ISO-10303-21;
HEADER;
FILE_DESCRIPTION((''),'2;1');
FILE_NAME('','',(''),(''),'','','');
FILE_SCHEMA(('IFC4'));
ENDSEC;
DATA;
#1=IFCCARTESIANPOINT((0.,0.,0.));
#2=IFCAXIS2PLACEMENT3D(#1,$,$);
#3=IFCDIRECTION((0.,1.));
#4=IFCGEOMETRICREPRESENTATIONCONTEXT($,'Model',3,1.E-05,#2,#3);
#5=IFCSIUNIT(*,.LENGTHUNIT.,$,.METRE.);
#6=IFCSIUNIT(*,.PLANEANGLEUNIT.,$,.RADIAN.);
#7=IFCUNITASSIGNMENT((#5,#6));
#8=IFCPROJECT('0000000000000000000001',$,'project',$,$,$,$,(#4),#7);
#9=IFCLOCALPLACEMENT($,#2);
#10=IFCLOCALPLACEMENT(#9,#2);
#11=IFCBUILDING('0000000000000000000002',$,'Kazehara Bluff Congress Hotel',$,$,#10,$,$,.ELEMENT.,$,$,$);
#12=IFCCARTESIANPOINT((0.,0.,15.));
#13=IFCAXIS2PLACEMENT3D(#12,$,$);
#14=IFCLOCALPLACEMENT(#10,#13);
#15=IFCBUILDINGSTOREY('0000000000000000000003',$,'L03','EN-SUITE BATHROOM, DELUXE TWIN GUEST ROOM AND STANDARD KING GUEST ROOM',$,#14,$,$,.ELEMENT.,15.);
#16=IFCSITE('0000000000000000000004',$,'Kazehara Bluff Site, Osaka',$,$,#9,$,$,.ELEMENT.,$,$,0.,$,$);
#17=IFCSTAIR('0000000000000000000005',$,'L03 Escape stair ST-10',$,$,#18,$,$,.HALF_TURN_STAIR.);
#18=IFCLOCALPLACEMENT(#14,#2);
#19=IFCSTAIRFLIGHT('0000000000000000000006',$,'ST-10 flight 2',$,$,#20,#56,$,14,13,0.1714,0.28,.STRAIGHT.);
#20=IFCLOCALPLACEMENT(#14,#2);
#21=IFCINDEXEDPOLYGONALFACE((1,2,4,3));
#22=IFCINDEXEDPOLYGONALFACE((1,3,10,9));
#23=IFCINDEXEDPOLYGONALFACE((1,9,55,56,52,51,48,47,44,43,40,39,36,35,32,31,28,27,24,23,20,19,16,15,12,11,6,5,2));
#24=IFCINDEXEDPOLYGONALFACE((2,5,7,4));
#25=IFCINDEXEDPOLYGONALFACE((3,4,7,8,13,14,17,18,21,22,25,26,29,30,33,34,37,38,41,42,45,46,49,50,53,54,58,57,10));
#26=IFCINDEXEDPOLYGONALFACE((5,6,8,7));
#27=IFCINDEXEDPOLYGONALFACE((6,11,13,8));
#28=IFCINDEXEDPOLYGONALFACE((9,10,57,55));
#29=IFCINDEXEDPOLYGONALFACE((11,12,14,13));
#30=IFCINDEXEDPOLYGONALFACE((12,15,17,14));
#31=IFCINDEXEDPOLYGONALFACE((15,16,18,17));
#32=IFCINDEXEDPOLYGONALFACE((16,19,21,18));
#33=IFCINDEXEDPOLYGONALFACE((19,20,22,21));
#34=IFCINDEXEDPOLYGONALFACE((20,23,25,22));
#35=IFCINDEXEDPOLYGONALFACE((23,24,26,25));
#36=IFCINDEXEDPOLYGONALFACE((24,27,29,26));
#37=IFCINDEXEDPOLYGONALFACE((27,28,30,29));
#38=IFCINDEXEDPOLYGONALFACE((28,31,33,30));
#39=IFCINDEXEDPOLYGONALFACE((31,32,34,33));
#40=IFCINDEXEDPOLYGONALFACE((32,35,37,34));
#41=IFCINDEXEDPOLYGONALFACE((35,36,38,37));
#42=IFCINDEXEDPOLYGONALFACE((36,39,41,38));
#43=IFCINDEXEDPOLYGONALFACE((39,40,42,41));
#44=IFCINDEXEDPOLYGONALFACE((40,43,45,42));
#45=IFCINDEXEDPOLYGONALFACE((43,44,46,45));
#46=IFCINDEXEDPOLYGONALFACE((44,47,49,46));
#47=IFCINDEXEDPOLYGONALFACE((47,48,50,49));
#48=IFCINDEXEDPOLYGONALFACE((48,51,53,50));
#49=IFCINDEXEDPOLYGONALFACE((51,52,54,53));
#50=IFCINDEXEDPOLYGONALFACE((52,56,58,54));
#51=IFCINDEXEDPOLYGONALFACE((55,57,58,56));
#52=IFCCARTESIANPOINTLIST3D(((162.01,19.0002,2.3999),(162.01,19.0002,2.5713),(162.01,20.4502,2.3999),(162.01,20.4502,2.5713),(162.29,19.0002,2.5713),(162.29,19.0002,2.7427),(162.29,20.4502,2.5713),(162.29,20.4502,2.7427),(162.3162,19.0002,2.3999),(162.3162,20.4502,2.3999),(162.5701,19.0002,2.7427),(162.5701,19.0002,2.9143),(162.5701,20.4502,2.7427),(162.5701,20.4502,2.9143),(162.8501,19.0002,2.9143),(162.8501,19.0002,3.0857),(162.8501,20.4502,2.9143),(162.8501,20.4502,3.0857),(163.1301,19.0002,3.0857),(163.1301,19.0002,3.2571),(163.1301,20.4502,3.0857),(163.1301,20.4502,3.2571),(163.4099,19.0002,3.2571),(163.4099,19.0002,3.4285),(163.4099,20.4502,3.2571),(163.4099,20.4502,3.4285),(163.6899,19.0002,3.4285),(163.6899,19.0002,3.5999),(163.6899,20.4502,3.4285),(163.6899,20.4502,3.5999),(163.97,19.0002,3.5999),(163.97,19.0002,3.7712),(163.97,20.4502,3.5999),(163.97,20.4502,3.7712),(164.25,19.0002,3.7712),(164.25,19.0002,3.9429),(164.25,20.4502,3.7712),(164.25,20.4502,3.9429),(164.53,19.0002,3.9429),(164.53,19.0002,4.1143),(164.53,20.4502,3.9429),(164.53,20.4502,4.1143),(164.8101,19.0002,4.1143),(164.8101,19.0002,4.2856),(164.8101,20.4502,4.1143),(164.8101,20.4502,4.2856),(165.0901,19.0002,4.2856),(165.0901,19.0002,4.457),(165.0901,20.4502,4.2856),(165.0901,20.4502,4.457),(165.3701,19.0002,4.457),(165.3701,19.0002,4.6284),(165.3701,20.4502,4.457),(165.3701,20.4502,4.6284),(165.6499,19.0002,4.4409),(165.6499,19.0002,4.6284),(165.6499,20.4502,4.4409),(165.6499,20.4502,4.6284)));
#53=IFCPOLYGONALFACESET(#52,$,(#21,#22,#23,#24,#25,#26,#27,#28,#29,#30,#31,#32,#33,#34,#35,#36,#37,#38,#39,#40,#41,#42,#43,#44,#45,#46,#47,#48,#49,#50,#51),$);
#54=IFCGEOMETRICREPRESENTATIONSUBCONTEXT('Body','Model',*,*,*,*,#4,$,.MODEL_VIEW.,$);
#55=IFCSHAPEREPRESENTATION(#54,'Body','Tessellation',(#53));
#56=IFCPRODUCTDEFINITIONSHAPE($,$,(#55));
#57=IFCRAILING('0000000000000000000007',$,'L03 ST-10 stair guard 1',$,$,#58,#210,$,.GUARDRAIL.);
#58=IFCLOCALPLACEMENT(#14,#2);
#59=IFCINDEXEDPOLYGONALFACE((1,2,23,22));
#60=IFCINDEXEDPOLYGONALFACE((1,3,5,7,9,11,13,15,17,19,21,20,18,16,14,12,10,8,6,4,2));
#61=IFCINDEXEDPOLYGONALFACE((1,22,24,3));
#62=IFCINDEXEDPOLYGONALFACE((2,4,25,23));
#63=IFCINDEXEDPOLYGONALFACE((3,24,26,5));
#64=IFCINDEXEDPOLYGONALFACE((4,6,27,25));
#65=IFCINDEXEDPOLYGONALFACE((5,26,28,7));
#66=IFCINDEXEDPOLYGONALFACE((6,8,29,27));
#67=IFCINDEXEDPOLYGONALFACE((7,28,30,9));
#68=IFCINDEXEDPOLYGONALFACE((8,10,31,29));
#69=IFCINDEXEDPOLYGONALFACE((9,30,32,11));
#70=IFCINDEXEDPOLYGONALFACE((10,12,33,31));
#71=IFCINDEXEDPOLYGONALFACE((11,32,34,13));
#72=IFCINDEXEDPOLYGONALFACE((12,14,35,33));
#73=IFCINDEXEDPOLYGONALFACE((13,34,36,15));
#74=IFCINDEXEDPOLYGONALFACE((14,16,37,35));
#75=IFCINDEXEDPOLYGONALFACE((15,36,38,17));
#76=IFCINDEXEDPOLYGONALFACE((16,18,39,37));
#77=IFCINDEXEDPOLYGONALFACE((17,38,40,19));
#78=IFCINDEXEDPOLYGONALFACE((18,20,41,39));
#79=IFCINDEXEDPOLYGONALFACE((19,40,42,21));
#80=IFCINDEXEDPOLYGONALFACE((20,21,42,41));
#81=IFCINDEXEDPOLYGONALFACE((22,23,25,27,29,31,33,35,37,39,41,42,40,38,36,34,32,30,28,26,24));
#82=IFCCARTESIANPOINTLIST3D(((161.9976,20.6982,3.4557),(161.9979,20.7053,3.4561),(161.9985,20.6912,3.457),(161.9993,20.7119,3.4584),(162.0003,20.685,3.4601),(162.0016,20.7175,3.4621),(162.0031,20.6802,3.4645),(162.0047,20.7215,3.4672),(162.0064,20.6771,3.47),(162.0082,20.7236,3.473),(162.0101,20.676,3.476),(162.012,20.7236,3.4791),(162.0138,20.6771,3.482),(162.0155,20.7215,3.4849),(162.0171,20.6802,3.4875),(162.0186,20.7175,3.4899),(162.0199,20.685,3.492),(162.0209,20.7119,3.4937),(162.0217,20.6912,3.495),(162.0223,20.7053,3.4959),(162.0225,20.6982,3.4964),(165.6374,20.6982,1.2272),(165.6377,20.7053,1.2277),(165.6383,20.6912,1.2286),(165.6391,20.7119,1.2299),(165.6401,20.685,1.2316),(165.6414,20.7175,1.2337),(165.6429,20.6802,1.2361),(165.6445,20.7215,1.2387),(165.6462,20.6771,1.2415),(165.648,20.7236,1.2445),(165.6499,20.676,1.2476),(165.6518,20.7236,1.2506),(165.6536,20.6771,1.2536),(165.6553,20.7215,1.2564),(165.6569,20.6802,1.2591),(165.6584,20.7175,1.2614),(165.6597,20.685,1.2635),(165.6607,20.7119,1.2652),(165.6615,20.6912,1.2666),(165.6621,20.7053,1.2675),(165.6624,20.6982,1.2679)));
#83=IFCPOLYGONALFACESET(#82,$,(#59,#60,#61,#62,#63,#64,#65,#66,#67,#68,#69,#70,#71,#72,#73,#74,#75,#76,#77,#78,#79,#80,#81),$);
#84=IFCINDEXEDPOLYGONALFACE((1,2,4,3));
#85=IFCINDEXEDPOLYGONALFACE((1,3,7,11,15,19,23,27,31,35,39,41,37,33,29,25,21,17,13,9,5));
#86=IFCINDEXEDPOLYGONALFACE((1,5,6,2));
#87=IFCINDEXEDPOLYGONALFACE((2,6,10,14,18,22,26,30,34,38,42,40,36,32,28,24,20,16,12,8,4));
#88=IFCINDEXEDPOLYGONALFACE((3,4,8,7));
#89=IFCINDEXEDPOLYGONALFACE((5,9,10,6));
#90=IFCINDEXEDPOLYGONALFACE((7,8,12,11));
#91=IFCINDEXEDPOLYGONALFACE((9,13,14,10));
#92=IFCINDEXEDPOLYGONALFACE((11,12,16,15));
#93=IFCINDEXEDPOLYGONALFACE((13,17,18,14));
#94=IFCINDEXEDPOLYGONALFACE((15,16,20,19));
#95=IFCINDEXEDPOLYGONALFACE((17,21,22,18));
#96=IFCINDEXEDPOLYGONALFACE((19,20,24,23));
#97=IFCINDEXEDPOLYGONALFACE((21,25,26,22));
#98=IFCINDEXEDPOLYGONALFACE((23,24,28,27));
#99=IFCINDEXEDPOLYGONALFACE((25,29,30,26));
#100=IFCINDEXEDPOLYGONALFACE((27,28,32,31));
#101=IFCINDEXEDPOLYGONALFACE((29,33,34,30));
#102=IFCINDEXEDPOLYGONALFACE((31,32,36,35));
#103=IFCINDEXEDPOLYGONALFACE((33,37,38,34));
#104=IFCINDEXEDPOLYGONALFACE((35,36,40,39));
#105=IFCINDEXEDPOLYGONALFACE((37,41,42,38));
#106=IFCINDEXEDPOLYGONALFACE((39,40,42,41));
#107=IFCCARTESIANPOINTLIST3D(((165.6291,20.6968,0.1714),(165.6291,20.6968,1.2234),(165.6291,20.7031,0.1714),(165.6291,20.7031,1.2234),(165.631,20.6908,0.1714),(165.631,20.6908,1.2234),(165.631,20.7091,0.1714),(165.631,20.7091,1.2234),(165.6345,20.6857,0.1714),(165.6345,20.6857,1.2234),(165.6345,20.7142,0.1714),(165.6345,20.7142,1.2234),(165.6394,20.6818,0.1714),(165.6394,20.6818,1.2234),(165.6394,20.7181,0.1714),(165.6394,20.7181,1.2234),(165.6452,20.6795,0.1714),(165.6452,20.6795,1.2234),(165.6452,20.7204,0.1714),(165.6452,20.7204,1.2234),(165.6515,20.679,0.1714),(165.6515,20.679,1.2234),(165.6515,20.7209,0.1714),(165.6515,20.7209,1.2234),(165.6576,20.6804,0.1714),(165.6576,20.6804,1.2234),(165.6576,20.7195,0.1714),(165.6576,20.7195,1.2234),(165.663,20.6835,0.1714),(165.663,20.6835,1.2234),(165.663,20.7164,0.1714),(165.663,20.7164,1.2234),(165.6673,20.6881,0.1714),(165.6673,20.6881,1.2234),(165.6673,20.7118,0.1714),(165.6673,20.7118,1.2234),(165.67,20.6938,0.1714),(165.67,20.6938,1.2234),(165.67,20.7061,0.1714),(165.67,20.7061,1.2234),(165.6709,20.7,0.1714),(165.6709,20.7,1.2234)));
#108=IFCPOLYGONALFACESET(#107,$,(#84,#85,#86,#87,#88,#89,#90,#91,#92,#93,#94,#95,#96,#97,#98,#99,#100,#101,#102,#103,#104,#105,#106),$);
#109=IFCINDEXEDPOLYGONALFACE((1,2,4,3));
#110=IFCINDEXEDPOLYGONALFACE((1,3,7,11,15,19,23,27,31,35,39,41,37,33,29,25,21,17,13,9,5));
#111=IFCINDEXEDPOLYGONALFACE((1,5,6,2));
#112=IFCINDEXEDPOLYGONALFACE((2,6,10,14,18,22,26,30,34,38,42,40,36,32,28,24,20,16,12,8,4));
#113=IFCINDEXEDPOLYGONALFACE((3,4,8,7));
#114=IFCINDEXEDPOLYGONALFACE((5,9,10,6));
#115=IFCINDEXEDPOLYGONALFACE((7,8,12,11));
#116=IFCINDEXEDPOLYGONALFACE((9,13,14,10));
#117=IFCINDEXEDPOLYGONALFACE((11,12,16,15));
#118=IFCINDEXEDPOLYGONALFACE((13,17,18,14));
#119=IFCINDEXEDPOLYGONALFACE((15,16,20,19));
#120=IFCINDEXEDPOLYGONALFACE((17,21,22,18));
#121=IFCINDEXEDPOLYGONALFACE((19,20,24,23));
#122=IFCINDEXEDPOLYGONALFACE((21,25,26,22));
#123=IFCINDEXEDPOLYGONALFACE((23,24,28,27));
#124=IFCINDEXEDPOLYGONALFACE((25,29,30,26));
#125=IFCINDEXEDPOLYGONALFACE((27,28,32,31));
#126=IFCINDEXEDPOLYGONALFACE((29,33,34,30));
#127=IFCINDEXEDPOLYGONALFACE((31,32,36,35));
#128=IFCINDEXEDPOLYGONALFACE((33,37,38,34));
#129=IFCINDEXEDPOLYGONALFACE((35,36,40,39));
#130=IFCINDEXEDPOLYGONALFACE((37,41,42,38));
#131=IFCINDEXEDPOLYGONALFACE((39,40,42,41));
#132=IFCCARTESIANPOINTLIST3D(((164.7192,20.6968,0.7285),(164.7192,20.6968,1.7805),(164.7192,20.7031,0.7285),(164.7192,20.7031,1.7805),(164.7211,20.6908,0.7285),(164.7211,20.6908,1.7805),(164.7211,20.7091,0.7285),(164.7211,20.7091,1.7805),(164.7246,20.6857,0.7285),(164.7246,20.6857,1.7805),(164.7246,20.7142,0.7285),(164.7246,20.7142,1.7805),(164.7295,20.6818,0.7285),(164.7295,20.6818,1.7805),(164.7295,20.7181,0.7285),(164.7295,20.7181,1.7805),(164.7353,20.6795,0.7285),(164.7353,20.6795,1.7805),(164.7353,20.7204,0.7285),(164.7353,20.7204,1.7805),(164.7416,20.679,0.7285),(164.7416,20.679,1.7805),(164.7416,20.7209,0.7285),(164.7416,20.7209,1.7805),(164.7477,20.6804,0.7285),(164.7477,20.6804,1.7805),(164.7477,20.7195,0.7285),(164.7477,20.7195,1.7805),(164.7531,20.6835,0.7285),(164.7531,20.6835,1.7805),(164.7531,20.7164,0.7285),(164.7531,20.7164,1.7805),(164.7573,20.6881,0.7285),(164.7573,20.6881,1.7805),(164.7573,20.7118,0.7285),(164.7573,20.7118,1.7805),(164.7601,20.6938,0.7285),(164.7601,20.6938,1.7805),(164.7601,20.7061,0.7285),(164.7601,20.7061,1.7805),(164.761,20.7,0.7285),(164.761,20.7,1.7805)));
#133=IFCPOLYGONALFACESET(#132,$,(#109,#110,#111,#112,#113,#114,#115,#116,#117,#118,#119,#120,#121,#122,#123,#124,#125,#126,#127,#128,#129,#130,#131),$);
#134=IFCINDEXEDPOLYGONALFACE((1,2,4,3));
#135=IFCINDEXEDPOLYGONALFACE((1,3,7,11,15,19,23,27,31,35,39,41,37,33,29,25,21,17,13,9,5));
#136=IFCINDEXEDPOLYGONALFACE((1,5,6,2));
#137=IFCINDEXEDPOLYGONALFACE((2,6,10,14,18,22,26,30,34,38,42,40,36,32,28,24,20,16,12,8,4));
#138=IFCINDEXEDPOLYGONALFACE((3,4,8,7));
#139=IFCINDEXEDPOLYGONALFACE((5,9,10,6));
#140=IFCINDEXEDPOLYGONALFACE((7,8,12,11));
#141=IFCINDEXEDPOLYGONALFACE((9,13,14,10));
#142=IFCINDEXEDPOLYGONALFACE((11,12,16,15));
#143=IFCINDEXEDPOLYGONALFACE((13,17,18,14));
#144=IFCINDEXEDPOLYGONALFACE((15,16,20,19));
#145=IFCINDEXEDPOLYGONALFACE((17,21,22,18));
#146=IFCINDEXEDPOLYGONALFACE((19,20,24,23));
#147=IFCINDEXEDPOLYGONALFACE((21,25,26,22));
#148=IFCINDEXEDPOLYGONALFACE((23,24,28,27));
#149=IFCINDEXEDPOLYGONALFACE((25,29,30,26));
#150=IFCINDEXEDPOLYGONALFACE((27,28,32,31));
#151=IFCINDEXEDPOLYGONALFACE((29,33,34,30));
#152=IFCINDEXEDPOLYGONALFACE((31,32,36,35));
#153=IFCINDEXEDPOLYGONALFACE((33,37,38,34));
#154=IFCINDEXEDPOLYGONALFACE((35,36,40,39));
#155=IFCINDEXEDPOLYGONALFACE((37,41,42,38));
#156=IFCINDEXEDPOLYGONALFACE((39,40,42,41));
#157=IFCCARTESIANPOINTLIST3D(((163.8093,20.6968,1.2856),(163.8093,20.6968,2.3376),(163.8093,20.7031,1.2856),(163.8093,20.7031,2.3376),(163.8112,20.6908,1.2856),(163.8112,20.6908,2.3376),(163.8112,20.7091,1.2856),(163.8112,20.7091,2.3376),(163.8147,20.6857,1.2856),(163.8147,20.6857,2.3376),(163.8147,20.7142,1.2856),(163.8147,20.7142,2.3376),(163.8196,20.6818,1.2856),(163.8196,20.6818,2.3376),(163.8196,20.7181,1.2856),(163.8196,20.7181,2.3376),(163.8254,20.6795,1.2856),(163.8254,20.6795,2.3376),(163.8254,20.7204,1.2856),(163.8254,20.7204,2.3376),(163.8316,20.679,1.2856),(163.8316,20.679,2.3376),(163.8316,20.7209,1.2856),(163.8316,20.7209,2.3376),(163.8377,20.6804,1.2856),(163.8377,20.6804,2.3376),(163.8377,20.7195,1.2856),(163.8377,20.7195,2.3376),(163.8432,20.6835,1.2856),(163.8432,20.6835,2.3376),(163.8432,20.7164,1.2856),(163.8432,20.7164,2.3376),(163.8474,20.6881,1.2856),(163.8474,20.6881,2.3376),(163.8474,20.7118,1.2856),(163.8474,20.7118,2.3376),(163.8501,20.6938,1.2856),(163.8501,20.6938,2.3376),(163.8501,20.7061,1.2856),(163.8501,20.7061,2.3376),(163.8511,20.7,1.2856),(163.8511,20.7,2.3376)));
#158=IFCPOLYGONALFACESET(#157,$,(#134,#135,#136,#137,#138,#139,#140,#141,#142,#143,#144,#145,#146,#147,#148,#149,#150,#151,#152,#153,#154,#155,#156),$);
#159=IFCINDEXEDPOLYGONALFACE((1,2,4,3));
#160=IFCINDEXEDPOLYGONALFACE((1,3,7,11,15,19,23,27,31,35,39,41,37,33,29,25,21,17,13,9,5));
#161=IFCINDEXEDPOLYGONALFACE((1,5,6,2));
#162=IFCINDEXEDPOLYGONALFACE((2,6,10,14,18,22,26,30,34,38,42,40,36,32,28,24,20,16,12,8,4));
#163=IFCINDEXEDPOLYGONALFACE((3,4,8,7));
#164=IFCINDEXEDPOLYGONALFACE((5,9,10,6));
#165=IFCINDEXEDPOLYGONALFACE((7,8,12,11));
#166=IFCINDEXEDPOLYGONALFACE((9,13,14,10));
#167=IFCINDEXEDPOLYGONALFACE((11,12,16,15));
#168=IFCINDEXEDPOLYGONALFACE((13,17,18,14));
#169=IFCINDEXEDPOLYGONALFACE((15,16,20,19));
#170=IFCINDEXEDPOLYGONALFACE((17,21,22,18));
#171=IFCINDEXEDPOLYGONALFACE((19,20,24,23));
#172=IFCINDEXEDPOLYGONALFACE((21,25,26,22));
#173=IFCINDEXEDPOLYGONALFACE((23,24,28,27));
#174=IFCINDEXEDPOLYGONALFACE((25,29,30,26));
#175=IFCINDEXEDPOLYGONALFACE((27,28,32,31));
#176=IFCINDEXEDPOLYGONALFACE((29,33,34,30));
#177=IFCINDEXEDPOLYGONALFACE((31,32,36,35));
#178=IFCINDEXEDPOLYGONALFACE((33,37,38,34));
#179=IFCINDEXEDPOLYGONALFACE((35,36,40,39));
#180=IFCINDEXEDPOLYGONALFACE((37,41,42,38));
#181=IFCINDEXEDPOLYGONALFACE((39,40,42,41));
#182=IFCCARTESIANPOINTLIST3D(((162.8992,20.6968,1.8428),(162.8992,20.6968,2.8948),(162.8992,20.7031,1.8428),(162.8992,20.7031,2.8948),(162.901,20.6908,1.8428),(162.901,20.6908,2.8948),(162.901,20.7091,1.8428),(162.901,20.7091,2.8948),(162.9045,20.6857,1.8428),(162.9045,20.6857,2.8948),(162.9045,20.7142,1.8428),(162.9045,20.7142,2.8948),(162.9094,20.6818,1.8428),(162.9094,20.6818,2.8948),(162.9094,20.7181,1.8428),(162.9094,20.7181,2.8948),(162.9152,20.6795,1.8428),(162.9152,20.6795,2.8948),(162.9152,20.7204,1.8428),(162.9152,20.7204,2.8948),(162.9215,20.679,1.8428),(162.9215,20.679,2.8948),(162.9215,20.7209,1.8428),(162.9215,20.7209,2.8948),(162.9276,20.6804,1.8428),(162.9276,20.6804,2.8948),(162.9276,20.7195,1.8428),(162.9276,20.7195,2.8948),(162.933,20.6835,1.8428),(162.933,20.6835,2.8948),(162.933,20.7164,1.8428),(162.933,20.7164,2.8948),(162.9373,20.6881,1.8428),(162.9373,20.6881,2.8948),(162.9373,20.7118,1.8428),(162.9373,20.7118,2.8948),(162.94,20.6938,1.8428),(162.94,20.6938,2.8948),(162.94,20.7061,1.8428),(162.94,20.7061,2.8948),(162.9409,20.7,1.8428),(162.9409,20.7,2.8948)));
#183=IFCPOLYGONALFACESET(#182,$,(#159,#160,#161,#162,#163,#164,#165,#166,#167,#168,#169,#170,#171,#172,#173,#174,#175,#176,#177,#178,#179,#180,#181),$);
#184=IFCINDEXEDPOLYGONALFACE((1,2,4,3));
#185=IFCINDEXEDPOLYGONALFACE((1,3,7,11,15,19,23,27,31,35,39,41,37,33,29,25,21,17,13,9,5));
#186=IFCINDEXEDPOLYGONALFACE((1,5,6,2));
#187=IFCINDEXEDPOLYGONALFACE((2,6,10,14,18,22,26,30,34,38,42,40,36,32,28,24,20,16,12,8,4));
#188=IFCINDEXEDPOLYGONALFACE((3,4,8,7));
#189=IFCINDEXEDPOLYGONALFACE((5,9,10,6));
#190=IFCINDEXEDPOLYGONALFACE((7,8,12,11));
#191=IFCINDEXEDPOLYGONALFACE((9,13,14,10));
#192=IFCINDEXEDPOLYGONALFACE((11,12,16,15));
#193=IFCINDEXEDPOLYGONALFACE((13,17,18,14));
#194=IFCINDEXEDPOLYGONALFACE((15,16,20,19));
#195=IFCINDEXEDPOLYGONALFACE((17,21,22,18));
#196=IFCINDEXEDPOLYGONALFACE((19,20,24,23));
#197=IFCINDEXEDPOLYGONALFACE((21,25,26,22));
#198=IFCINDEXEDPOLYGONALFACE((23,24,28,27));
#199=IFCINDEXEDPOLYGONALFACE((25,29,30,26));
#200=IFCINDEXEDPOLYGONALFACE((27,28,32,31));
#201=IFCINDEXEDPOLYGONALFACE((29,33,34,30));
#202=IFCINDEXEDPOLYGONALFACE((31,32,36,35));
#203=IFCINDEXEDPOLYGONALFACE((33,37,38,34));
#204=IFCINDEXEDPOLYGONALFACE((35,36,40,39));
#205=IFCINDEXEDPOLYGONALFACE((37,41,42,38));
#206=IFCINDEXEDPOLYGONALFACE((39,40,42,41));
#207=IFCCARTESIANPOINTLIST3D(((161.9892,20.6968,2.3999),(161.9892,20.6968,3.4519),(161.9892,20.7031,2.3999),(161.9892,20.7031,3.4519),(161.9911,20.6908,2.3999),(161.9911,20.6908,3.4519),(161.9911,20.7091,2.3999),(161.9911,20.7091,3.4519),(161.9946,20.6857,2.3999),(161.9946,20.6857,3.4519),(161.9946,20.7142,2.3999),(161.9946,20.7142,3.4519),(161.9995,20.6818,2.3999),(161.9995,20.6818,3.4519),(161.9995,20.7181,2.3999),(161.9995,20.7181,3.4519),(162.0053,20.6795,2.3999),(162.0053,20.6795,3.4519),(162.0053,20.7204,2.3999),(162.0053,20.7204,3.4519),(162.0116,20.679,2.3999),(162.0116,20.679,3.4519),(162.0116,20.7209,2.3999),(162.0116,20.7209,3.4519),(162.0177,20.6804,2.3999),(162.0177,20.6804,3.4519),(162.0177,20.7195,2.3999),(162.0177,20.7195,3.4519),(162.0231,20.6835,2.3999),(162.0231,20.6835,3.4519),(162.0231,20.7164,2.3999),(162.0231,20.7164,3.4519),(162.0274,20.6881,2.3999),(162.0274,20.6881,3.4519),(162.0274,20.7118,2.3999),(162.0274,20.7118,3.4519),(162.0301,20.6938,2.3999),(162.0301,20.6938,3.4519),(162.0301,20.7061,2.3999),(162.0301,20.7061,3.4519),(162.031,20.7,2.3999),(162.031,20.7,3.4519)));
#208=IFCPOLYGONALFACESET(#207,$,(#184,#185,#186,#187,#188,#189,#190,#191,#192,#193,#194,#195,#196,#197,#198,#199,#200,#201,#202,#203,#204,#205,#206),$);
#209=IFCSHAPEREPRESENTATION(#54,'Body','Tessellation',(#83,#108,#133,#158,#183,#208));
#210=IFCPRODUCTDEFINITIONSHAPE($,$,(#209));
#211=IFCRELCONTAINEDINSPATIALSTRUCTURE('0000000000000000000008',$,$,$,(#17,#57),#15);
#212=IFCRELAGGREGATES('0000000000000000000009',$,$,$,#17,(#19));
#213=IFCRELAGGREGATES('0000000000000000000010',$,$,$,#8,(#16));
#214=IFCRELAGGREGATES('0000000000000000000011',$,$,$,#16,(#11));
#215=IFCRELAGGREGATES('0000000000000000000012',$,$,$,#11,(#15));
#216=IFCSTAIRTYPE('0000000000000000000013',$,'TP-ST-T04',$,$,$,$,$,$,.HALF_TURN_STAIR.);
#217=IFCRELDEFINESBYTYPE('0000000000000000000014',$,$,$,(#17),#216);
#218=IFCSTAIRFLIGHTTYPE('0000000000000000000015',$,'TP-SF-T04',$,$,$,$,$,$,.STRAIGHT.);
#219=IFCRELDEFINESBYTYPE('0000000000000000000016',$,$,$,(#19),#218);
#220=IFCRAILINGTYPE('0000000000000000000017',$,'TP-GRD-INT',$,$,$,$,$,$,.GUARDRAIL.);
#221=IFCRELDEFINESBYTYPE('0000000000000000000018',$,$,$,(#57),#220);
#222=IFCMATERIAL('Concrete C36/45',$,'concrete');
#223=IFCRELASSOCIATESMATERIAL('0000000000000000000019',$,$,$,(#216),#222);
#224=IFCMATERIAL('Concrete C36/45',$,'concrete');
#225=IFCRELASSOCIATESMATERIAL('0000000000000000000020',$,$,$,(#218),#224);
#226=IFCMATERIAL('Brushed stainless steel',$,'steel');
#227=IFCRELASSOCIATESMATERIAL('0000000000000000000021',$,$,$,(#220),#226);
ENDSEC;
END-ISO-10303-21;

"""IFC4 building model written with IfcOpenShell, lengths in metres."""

from ifc_helpers import new_model, si_unit, direction, frame, origin, origin_2d, place, context, subcontext, project, spatial, polyline, circle, outline, extrude, material, type_object, element, aggregate, save


model = new_model("IFC4")

# Units and contexts
model_context = context("Model", 3, precision=1e-05, world=origin(), true_north=direction((0.0, 1.0)))
body_context = subcontext(model_context, "Body", "Model", "MODEL_VIEW")
ifc_project = project(units=[si_unit("LENGTHUNIT", "METRE"), si_unit("PLANEANGLEUNIT", "RADIAN")], contexts=[model_context])

# Site, building, storey
site_placement = place(None, origin())
site = spatial("IfcSite", under=ifc_project, at=site_placement, Name="Kazehara Bluff Site, Osaka", CompositionType="ELEMENT", RefElevation=0.0)
building_placement = place(site_placement, origin())
building = spatial("IfcBuilding", under=site, at=building_placement, Name="Kazehara Bluff Congress Hotel", CompositionType="ELEMENT")
storey_placement = place(building_placement, frame((0.0, 0.0, 15.0)))
storey = spatial("IfcBuildingStorey", under=building, at=storey_placement, Name="L03", Description="EN-SUITE BATHROOM, DELUXE TWIN GUEST ROOM AND STANDARD KING GUEST ROOM", CompositionType="ELEMENT", Elevation=15.0)

# Stair, stair flight
ifc_material_1 = material(Name="Concrete C36/45", Category="concrete")
stair_type = type_object("IfcStairType", Name="TP-ST-T04", PredefinedType="HALF_TURN_STAIR", material=ifc_material_1)
stair_placement = place(storey_placement, origin())
stair = element("IfcStair", 1, at=stair_placement, inside=storey, type_object=stair_type, Name="L03 Escape stair ST-10", PredefinedType="HALF_TURN_STAIR")
ifc_material_2 = material(Name="Concrete C36/45", Category="concrete")
stair_flight_type = type_object("IfcStairFlightType", Name="TP-SF-T04", PredefinedType="STRAIGHT", material=ifc_material_2)
stair_flight_1_placement = place(storey_placement, frame((162.01, 19.7251, 2.3999), z_axis=(0.0, 0.0, 1.0), x_axis=(1.0, 0.0, 0.0)))
stair_flight_1 = element("IfcStairFlight", 2, at=stair_flight_1_placement, type_object=stair_flight_type, Name="ST-10 flight 2", NumberOfRisers=14, NumberOfTreads=13, PredefinedType="STRAIGHT", RiserHeight=0.1714, TreadLength=0.28, context=body_context, shape_type="SweptSolid", body=[
    extrude(outline(polyline([(0.0, 0.0), (0.0, 0.1714), (0.28, 0.1714), (0.28, 0.3428), (0.5601, 0.3428), (0.5601, 0.5144), (0.8401, 0.5144), (0.8401, 0.6858), (1.1201, 0.6858), (1.1201, 0.8572), (1.3999, 0.8572), (1.3999, 1.0286), (1.6799, 1.0286), (1.6799, 1.2), (1.96, 1.2), (1.96, 1.3713), (2.24, 1.3713), (2.24, 1.543), (2.52, 1.543), (2.52, 1.7144), (2.8, 1.7144), (2.8, 1.8857), (3.0801, 1.8857), (3.0801, 2.0571), (3.3601, 2.0571), (3.3601, 2.2285), (3.6399, 2.2285), (3.6399, 2.3999), (3.6399, 2.041), (0.3062, 0.0), (0.0, 0.0)])), frame((0.0, 0.7251, 0.0), z_axis=(0.0, -1.0, 0.0), x_axis=(1.0, 0.0, 0.0)), (0.0, 0.0, 1.0), 1.45),
])
aggregate(stair, [stair_flight_1])

# Railing
ifc_material_3 = material(Name="Brushed stainless steel", Category="steel")
railing_type_1 = type_object("IfcRailingType", Name="TP-GRD-INT", PredefinedType="GUARDRAIL", material=ifc_material_3)
railing_1_placement = place(storey_placement, frame((165.6499, 20.7, 0.1714)))
element("IfcRailing", 3, at=railing_1_placement, inside=storey, type_object=railing_type_1, Name="L03 ST-10 stair guard 1", PredefinedType="GUARDRAIL", context=body_context, shape_type="SweptSolid", body=[
    extrude(circle(Radius=0.0239, at=origin_2d()), frame((0.0, 0.0, 1.0762), z_axis=(-0.85285, 0.0, 0.522156), x_axis=(0.0, -1.0, 0.0)), (0.0, 0.0, 1.0), 4.2678),
    extrude(circle(Radius=0.021, at=origin_2d()), origin(), (0.0, 0.0, 1.0), 1.052),
    extrude(circle(Radius=0.021, at=origin_2d()), frame((-0.9099, 0.0, 0.5571)), (0.0, 0.0, 1.0), 1.052),
    extrude(circle(Radius=0.021, at=origin_2d()), frame((-1.8198, 0.0, 1.1143)), (0.0, 0.0, 1.0), 1.052),
    extrude(circle(Radius=0.021, at=origin_2d()), frame((-2.73, 0.0, 1.6714)), (0.0, 0.0, 1.0), 1.052),
    extrude(circle(Radius=0.021, at=origin_2d()), frame((-3.6399, 0.0, 2.2285)), (0.0, 0.0, 1.0), 1.052),
])

save(model, "model.ifc")
